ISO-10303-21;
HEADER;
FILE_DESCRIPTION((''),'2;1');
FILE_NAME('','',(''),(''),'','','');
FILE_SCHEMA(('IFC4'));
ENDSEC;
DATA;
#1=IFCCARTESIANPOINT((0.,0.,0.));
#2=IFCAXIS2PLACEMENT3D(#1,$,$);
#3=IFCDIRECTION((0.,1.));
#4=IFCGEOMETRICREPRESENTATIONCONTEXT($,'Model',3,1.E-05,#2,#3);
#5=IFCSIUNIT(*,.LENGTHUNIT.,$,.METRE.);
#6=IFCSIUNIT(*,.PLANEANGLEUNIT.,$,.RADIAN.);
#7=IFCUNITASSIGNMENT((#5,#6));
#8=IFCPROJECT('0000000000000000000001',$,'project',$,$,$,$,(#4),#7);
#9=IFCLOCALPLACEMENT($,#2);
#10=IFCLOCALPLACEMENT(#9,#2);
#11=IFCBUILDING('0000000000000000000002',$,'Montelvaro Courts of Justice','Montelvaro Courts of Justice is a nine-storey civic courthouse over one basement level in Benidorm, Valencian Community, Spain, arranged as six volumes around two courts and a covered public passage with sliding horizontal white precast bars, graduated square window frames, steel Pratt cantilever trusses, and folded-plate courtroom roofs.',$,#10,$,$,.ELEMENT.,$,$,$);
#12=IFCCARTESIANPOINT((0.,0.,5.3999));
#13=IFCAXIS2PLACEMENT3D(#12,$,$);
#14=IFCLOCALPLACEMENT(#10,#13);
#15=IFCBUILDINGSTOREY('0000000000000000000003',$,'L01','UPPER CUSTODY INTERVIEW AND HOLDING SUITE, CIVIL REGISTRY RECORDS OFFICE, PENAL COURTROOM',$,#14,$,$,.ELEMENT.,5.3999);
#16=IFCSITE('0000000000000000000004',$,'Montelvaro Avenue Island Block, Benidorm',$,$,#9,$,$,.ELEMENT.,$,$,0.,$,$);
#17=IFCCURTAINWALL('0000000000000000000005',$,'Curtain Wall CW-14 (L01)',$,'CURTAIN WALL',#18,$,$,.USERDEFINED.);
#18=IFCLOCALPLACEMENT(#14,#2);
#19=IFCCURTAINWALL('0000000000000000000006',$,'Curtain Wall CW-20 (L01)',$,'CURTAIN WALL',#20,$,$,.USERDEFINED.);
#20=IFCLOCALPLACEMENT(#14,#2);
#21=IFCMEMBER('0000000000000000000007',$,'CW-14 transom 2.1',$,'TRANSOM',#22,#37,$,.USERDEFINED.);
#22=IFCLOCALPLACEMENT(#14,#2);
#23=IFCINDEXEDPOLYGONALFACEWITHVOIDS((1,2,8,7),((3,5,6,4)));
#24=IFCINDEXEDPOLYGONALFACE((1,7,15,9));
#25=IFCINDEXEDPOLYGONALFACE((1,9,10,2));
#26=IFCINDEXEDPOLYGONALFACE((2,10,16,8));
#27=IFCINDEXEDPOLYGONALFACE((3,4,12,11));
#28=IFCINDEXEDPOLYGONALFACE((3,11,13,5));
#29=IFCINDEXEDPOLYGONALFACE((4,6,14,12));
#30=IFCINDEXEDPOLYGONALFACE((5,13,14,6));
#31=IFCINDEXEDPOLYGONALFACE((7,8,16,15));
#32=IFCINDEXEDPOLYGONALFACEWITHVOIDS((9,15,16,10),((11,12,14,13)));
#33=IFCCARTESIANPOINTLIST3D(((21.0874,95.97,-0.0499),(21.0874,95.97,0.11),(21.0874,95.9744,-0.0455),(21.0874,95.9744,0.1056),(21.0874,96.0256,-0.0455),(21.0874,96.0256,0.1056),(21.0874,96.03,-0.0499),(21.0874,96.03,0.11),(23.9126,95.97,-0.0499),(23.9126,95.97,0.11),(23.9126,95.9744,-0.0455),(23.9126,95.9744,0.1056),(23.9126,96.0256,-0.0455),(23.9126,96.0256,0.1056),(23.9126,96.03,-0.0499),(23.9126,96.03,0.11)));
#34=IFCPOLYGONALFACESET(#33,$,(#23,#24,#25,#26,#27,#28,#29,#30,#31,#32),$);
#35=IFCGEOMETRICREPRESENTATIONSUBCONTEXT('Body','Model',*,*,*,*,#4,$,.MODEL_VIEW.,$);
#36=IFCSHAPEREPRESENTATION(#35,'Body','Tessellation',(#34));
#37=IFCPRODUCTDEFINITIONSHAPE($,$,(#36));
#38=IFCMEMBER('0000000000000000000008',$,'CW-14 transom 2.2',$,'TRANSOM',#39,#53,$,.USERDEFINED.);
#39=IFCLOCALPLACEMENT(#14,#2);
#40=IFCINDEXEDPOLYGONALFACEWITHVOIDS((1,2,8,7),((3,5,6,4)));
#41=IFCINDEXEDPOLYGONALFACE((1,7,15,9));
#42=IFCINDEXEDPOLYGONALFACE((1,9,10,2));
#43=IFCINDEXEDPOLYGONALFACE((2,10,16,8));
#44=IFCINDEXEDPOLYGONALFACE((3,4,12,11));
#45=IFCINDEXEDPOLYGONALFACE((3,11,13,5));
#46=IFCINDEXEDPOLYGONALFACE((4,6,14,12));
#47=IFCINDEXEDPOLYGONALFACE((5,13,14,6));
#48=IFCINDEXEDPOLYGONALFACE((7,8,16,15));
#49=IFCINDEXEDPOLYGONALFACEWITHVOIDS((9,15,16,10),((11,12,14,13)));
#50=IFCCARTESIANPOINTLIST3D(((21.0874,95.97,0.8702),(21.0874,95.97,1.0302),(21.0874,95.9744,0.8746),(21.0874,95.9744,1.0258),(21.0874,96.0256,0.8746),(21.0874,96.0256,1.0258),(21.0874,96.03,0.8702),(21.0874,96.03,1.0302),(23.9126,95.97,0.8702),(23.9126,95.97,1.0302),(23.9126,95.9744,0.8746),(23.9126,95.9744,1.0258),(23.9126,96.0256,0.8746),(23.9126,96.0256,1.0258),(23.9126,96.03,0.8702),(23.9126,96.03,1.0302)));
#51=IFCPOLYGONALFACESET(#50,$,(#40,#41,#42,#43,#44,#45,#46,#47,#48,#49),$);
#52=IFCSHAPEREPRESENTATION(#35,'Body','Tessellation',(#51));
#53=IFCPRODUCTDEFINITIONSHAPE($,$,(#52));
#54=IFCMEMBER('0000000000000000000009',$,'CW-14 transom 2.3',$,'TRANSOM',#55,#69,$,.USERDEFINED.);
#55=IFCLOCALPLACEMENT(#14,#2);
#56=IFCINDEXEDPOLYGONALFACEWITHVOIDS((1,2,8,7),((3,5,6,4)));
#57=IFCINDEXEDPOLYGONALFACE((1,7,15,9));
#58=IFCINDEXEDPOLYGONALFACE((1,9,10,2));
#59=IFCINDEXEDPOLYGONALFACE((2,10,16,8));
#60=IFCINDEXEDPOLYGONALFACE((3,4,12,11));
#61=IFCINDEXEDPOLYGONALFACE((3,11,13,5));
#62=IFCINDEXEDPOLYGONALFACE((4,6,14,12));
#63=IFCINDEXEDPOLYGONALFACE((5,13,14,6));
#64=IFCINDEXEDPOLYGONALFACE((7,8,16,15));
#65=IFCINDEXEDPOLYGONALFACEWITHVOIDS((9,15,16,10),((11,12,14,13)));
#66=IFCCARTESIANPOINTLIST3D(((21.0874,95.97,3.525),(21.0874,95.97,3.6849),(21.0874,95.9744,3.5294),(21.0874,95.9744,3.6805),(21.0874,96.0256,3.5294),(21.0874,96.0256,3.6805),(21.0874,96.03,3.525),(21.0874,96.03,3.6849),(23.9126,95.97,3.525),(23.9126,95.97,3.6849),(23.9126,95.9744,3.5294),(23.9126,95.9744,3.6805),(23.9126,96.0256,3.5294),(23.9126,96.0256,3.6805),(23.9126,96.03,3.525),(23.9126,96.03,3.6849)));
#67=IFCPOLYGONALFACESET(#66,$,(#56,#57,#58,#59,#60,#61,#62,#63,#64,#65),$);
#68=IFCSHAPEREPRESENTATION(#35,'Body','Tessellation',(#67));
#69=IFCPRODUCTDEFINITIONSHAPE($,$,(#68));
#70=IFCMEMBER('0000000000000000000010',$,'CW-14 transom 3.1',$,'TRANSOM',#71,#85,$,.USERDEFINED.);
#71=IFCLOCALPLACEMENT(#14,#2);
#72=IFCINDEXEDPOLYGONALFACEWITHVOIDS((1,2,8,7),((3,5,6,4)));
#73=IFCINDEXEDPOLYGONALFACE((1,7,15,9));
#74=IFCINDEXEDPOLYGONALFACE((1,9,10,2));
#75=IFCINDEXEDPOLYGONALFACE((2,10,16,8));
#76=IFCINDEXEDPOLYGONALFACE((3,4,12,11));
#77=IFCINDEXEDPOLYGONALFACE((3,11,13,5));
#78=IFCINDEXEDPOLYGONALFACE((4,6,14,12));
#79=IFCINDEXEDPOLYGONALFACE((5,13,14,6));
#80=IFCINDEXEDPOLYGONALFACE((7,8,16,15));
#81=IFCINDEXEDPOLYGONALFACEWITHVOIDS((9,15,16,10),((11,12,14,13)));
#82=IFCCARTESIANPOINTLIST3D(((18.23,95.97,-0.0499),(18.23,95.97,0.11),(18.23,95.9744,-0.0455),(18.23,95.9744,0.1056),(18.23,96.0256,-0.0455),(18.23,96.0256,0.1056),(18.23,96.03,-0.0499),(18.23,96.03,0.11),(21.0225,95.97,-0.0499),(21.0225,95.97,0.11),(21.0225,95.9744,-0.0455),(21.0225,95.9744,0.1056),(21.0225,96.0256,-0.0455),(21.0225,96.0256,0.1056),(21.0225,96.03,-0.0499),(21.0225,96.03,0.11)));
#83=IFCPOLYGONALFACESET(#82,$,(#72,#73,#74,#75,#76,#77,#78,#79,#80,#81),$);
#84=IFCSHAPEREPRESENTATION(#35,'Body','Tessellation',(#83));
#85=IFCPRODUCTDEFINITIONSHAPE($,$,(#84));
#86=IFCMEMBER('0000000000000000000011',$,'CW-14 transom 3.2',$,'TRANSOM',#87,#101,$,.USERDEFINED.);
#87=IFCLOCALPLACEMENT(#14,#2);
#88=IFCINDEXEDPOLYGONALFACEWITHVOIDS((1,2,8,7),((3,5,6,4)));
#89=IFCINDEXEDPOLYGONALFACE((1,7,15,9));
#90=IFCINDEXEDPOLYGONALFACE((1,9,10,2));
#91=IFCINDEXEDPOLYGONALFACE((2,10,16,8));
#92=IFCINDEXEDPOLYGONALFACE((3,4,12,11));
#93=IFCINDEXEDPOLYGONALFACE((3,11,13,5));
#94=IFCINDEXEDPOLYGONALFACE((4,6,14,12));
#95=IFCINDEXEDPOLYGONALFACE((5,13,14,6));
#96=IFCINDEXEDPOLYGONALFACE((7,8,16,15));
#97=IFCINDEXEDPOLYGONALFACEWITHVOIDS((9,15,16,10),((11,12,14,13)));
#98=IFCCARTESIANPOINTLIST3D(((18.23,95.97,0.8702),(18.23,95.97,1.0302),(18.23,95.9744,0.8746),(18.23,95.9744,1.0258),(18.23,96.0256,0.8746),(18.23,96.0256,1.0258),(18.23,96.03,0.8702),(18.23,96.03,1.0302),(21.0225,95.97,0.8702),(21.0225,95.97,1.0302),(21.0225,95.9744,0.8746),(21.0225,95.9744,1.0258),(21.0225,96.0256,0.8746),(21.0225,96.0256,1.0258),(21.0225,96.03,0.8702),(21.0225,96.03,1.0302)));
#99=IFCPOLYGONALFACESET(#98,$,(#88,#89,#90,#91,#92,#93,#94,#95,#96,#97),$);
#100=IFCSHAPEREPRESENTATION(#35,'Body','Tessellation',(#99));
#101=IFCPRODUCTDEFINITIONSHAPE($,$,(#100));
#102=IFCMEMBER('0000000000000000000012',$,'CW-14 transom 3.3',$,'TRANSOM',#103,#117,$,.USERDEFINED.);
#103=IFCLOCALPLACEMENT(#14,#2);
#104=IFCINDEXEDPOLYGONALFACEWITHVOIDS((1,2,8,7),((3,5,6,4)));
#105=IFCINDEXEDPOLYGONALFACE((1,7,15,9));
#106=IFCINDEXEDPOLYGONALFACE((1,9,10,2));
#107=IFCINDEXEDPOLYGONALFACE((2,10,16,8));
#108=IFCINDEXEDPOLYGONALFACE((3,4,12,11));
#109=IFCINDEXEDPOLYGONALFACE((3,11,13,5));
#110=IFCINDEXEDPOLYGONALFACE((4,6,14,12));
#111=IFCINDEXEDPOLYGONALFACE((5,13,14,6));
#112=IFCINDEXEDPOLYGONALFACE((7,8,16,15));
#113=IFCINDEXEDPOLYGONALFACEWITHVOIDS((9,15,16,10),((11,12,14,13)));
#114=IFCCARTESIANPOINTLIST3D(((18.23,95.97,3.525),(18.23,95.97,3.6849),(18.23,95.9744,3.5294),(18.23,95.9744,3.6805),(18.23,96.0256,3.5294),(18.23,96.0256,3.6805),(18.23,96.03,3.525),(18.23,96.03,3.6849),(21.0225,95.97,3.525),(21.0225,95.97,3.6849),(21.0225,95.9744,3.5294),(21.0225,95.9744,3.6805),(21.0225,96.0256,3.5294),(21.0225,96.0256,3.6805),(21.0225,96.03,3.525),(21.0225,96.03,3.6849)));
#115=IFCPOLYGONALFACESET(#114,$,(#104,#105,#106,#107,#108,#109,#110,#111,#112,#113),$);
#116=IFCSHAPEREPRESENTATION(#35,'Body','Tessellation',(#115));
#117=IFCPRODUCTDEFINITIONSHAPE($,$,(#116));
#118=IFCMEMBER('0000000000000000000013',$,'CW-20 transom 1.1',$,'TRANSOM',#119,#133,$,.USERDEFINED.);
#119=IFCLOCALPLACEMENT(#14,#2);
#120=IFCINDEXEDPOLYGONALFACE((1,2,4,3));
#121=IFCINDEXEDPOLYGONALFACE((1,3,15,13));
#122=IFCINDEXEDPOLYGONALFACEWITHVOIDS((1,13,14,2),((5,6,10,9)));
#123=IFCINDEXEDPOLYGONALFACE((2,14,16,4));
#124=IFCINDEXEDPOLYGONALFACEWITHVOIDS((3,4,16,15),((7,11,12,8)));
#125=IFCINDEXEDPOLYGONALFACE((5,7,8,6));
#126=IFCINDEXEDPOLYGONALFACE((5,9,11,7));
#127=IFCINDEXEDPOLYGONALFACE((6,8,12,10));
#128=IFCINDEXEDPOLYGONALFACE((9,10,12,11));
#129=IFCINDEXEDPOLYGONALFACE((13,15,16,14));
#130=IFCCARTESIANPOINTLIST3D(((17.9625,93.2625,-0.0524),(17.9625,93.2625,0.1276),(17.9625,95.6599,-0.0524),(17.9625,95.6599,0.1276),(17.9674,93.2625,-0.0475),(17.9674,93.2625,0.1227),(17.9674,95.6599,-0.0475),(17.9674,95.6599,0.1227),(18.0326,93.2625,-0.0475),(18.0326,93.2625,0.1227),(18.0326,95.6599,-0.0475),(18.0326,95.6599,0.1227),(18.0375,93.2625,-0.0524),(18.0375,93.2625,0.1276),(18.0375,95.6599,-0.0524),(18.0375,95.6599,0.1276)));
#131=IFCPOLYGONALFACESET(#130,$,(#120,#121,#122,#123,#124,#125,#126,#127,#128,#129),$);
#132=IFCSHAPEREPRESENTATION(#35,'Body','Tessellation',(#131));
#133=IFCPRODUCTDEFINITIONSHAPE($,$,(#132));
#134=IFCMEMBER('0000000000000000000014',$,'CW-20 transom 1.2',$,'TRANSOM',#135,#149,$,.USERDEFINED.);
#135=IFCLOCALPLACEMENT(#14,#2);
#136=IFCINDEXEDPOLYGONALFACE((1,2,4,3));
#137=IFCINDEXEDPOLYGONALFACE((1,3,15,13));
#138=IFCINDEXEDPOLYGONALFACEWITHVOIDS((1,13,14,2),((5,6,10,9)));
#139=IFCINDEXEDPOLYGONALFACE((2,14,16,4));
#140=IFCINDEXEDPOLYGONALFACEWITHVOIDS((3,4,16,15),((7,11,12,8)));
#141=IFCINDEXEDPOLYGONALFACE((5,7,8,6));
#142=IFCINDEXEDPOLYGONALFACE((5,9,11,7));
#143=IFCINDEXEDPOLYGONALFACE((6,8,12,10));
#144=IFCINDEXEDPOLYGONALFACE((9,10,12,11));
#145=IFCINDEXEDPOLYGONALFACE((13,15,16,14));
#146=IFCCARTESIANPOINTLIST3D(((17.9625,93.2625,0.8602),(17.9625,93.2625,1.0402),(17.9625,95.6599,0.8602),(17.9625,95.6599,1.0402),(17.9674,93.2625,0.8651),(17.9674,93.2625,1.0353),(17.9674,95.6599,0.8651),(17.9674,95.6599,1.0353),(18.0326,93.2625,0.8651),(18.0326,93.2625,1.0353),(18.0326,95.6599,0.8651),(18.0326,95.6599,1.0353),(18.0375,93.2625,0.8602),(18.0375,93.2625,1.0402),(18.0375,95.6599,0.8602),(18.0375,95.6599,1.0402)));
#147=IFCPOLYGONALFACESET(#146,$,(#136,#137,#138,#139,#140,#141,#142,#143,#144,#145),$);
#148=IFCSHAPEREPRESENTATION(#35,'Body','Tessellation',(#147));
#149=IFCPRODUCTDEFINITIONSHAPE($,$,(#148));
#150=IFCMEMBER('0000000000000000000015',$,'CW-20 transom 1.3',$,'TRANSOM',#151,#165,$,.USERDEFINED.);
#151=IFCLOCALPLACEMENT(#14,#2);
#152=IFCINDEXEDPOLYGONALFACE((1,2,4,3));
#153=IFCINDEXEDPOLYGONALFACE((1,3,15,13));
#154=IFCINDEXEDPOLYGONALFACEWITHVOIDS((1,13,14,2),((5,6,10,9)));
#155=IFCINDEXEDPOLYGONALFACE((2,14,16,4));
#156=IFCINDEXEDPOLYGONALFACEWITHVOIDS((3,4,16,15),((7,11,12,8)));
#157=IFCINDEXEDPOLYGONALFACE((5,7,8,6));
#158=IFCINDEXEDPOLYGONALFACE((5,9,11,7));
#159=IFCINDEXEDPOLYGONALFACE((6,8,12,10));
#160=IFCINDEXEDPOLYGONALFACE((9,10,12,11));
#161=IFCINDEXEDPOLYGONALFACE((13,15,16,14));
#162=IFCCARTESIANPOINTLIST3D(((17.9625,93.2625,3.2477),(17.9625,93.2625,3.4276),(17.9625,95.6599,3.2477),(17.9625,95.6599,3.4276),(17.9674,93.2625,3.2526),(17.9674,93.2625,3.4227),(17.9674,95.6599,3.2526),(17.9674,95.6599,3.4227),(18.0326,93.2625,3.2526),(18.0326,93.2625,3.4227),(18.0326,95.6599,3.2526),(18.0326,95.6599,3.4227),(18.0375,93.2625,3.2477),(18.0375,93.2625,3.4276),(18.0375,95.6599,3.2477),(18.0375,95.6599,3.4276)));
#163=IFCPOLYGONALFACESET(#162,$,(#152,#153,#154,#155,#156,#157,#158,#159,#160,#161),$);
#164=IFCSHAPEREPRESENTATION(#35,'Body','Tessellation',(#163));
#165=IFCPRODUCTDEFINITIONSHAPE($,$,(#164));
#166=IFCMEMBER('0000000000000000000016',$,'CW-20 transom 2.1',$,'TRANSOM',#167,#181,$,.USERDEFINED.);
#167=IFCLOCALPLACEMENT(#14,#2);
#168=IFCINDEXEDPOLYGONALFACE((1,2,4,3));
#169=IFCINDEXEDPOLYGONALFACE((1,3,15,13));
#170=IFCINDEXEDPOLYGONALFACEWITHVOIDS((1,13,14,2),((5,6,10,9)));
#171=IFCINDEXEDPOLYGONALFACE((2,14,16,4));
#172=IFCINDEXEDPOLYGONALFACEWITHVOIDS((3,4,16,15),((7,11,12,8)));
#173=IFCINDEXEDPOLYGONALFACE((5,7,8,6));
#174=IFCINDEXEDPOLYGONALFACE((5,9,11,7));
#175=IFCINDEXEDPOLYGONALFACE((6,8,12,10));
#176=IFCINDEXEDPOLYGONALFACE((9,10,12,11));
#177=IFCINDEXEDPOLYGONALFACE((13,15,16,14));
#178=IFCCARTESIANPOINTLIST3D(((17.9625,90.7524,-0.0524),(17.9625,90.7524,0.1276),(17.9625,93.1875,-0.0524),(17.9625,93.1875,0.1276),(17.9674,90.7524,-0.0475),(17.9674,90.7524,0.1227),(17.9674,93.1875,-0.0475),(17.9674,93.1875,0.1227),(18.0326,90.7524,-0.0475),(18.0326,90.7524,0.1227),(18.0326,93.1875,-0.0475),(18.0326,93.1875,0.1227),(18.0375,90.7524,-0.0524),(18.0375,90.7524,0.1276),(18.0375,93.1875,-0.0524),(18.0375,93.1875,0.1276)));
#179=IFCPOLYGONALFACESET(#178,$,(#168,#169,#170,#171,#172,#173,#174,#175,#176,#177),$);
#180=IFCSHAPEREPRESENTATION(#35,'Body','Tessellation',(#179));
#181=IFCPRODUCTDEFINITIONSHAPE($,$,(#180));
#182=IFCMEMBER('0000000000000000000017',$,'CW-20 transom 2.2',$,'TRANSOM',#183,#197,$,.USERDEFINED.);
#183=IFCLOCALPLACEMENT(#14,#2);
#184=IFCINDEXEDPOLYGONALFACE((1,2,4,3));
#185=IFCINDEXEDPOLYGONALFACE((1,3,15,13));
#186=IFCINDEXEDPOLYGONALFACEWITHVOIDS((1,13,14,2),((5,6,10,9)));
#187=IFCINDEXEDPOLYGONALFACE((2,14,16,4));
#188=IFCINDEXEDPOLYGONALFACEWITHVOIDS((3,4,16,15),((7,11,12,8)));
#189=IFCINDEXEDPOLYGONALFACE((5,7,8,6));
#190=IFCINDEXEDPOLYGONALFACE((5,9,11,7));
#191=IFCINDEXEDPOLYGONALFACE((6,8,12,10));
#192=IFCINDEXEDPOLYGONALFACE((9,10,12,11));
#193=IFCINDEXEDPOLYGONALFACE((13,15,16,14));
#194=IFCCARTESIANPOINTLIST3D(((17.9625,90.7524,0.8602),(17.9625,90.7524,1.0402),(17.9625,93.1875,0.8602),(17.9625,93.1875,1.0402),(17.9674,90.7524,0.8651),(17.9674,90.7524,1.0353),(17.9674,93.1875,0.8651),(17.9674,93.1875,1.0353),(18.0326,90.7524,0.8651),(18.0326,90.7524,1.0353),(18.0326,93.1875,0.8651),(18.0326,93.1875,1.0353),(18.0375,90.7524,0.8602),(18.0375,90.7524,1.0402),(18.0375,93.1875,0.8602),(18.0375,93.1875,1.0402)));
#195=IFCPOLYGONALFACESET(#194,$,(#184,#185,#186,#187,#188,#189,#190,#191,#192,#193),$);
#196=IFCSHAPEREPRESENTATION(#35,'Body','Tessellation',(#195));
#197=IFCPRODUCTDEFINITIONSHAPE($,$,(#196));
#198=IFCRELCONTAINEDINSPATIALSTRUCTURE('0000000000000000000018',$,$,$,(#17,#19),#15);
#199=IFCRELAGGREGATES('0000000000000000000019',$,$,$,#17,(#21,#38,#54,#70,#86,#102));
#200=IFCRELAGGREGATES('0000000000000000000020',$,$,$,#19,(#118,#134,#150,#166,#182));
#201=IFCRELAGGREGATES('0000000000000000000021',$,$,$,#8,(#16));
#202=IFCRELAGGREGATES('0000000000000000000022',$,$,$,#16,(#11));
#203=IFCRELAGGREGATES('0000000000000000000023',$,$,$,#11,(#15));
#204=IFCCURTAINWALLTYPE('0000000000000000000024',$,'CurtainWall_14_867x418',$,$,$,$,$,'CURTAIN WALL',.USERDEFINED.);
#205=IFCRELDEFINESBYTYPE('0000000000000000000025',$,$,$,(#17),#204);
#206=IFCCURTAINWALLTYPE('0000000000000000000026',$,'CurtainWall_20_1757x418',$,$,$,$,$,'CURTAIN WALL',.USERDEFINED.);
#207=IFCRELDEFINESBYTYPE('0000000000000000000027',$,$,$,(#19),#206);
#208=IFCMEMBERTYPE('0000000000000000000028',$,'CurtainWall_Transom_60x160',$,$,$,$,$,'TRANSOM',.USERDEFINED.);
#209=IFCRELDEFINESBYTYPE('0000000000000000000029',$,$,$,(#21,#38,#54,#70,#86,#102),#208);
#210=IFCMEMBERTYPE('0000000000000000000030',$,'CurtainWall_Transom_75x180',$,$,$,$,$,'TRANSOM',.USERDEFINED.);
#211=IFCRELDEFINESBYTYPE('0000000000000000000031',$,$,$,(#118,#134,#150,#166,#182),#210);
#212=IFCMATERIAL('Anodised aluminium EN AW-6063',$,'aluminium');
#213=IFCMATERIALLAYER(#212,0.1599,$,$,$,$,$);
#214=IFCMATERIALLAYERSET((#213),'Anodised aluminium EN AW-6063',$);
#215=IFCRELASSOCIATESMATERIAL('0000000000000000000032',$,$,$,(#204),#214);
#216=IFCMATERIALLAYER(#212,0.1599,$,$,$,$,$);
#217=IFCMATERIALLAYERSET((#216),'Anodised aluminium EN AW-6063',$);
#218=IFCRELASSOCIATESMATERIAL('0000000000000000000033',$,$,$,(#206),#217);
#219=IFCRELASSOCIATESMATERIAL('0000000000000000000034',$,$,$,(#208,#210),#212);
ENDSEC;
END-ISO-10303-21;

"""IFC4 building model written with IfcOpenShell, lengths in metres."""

from ifc_helpers import new_model, si_unit, direction, frame, origin, origin_2d, place, context, subcontext, project, spatial, hollow_rectangle, extrude, material, layer, layer_set, material_profile, profile_set, type_object, element, aggregate, save


model = new_model("IFC4")

# Units and contexts
model_context = context("Model", 3, precision=1e-05, world=origin(), true_north=direction((0.0, 1.0)))
body_context = subcontext(model_context, "Body", "Model", "MODEL_VIEW")
ifc_project = project(units=[si_unit("LENGTHUNIT", "METRE"), si_unit("PLANEANGLEUNIT", "RADIAN")], contexts=[model_context])

# Site, building, storey
site_placement = place(None, origin())
site = spatial("IfcSite", under=ifc_project, at=site_placement, Name="Montelvaro Avenue Island Block, Benidorm", CompositionType="ELEMENT", RefElevation=0.0)
building_placement = place(site_placement, origin())
building = spatial("IfcBuilding", under=site, at=building_placement, Name="Montelvaro Courts of Justice", Description="Montelvaro Courts of Justice is a nine-storey civic courthouse over one basement level in Benidorm, Valencian Community, Spain, arranged as six volumes around two courts and a covered public passage with sliding horizontal white precast bars, graduated square window frames, steel Pratt cantilever trusses, and folded-plate courtroom roofs.", CompositionType="ELEMENT")
storey_placement = place(building_placement, frame((0.0, 0.0, 5.3999)))
storey = spatial("IfcBuildingStorey", under=building, at=storey_placement, Name="L01", Description="UPPER CUSTODY INTERVIEW AND HOLDING SUITE, CIVIL REGISTRY RECORDS OFFICE, PENAL COURTROOM", CompositionType="ELEMENT", Elevation=5.3999)

# Curtain walls
ifc_material_1 = material(Name="Anodised aluminium EN AW-6063", Category="aluminium")
ifc_layer_1 = layer(ifc_material_1, 0.1599)
ifc_layer_set_1 = layer_set([ifc_layer_1], Name="Anodised aluminium EN AW-6063")
curtain_wall_type_1 = type_object("IfcCurtainWallType", Name="CurtainWall_14_867x418", ElementType="CURTAIN WALL", PredefinedType="USERDEFINED", material=ifc_layer_set_1)
curtain_wall_1_placement = place(storey_placement, origin())
curtain_wall_1 = element("IfcCurtainWall", 1, at=curtain_wall_1_placement, inside=storey, type_object=curtain_wall_type_1, Name="Curtain Wall CW-14 (L01)", ObjectType="CURTAIN WALL", PredefinedType="USERDEFINED")
ifc_layer_2 = layer(ifc_material_1, 0.1599)
ifc_layer_set_2 = layer_set([ifc_layer_2], Name="Anodised aluminium EN AW-6063")
curtain_wall_type_2 = type_object("IfcCurtainWallType", Name="CurtainWall_20_1757x418", ElementType="CURTAIN WALL", PredefinedType="USERDEFINED", material=ifc_layer_set_2)
curtain_wall_2_placement = place(storey_placement, origin())
curtain_wall_2 = element("IfcCurtainWall", 2, at=curtain_wall_2_placement, inside=storey, type_object=curtain_wall_type_2, Name="Curtain Wall CW-20 (L01)", ObjectType="CURTAIN WALL", PredefinedType="USERDEFINED")

# Members
ifc_material_profile_1 = material_profile(ifc_material_1, hollow_rectangle(XDim=0.0601, YDim=0.1599, WallThickness=0.0044, at=origin_2d()), Name="ALU-T 60x160")
ifc_profile_set_1 = profile_set([ifc_material_profile_1], Name="Anodised aluminium EN AW-6063")
member_type_1 = type_object("IfcMemberType", Name="CurtainWall_Transom_60x160", ElementType="TRANSOM", PredefinedType="USERDEFINED", material=ifc_profile_set_1)
member_1_placement = place(storey_placement, frame((23.9126, 96.0, 0.03), z_axis=(-1.0, 0.0, 0.0), x_axis=(0.0, -1.0, 0.0)))
member_1 = element("IfcMember", 3, at=member_1_placement, type_object=member_type_1, Name="CW-14 transom 2.1", ObjectType="TRANSOM", PredefinedType="USERDEFINED", context=body_context, shape_type="SweptSolid", body=[
    extrude(hollow_rectangle(XDim=0.0601, YDim=0.1599, WallThickness=0.0044, at=origin_2d()), origin(), (0.0, 0.0, 1.0), 2.8252),
])
member_2_placement = place(storey_placement, frame((23.9126, 96.0, 0.9502), z_axis=(-1.0, 0.0, 0.0), x_axis=(0.0, -1.0, 0.0)))
member_2 = element("IfcMember", 4, at=member_2_placement, type_object=member_type_1, Name="CW-14 transom 2.2", ObjectType="TRANSOM", PredefinedType="USERDEFINED", context=body_context, shape_type="SweptSolid", body=[
    extrude(hollow_rectangle(XDim=0.0601, YDim=0.1599, WallThickness=0.0044, at=origin_2d()), origin(), (0.0, 0.0, 1.0), 2.8252),
])
member_3_placement = place(storey_placement, frame((23.9126, 96.0, 3.605), z_axis=(-1.0, 0.0, 0.0), x_axis=(0.0, -1.0, 0.0)))
member_3 = element("IfcMember", 5, at=member_3_placement, type_object=member_type_1, Name="CW-14 transom 2.3", ObjectType="TRANSOM", PredefinedType="USERDEFINED", context=body_context, shape_type="SweptSolid", body=[
    extrude(hollow_rectangle(XDim=0.0601, YDim=0.1599, WallThickness=0.0044, at=origin_2d()), origin(), (0.0, 0.0, 1.0), 2.8252),
])
member_4_placement = place(storey_placement, frame((21.0225, 96.0, 0.03), z_axis=(-1.0, 0.0, 0.0), x_axis=(0.0, -1.0, 0.0)))
member_4 = element("IfcMember", 6, at=member_4_placement, type_object=member_type_1, Name="CW-14 transom 3.1", ObjectType="TRANSOM", PredefinedType="USERDEFINED", context=body_context, shape_type="SweptSolid", body=[
    extrude(hollow_rectangle(XDim=0.0601, YDim=0.1599, WallThickness=0.0044, at=origin_2d()), origin(), (0.0, 0.0, 1.0), 2.7925),
])
member_5_placement = place(storey_placement, frame((21.0225, 96.0, 0.9502), z_axis=(-1.0, 0.0, 0.0), x_axis=(0.0, -1.0, 0.0)))
member_5 = element("IfcMember", 7, at=member_5_placement, type_object=member_type_1, Name="CW-14 transom 3.2", ObjectType="TRANSOM", PredefinedType="USERDEFINED", context=body_context, shape_type="SweptSolid", body=[
    extrude(hollow_rectangle(XDim=0.0601, YDim=0.1599, WallThickness=0.0044, at=origin_2d()), origin(), (0.0, 0.0, 1.0), 2.7925),
])
member_6_placement = place(storey_placement, frame((21.0225, 96.0, 3.605), z_axis=(-1.0, 0.0, 0.0), x_axis=(0.0, -1.0, 0.0)))
member_6 = element("IfcMember", 8, at=member_6_placement, type_object=member_type_1, Name="CW-14 transom 3.3", ObjectType="TRANSOM", PredefinedType="USERDEFINED", context=body_context, shape_type="SweptSolid", body=[
    extrude(hollow_rectangle(XDim=0.0601, YDim=0.1599, WallThickness=0.0044, at=origin_2d()), origin(), (0.0, 0.0, 1.0), 2.7925),
])
ifc_material_profile_2 = material_profile(ifc_material_1, hollow_rectangle(XDim=0.075, YDim=0.1799, WallThickness=0.0049, at=origin_2d()), Name="ALU-T 75x180")
ifc_profile_set_2 = profile_set([ifc_material_profile_2], Name="Anodised aluminium EN AW-6063")
member_type_2 = type_object("IfcMemberType", Name="CurtainWall_Transom_75x180", ElementType="TRANSOM", PredefinedType="USERDEFINED", material=ifc_profile_set_2)
member_7_placement = place(storey_placement, frame((18.0, 95.6599, 0.0376), z_axis=(0.0, -1.0, 0.0), x_axis=(1.0, 0.0, 0.0)))
member_7 = element("IfcMember", 9, at=member_7_placement, type_object=member_type_2, Name="CW-20 transom 1.1", ObjectType="TRANSOM", PredefinedType="USERDEFINED", context=body_context, shape_type="SweptSolid", body=[
    extrude(hollow_rectangle(XDim=0.075, YDim=0.1799, WallThickness=0.0049, at=origin_2d()), origin(), (0.0, 0.0, 1.0), 2.3975),
])
member_8_placement = place(storey_placement, frame((18.0, 95.6599, 0.9502), z_axis=(0.0, -1.0, 0.0), x_axis=(1.0, 0.0, 0.0)))
member_8 = element("IfcMember", 10, at=member_8_placement, type_object=member_type_2, Name="CW-20 transom 1.2", ObjectType="TRANSOM", PredefinedType="USERDEFINED", context=body_context, shape_type="SweptSolid", body=[
    extrude(hollow_rectangle(XDim=0.075, YDim=0.1799, WallThickness=0.0049, at=origin_2d()), origin(), (0.0, 0.0, 1.0), 2.3975),
])
member_9_placement = place(storey_placement, frame((18.0, 95.6599, 3.3376), z_axis=(0.0, -1.0, 0.0), x_axis=(1.0, 0.0, 0.0)))
member_9 = element("IfcMember", 11, at=member_9_placement, type_object=member_type_2, Name="CW-20 transom 1.3", ObjectType="TRANSOM", PredefinedType="USERDEFINED", context=body_context, shape_type="SweptSolid", body=[
    extrude(hollow_rectangle(XDim=0.075, YDim=0.1799, WallThickness=0.0049, at=origin_2d()), origin(), (0.0, 0.0, 1.0), 2.3975),
])
member_10_placement = place(storey_placement, frame((18.0, 93.1875, 0.0376), z_axis=(0.0, -1.0, 0.0), x_axis=(1.0, 0.0, 0.0)))
member_10 = element("IfcMember", 12, at=member_10_placement, type_object=member_type_2, Name="CW-20 transom 2.1", ObjectType="TRANSOM", PredefinedType="USERDEFINED", context=body_context, shape_type="SweptSolid", body=[
    extrude(hollow_rectangle(XDim=0.075, YDim=0.1799, WallThickness=0.0049, at=origin_2d()), origin(), (0.0, 0.0, 1.0), 2.4351),
])
member_11_placement = place(storey_placement, frame((18.0, 93.1875, 0.9502), z_axis=(0.0, -1.0, 0.0), x_axis=(1.0, 0.0, 0.0)))
member_11 = element("IfcMember", 13, at=member_11_placement, type_object=member_type_2, Name="CW-20 transom 2.2", ObjectType="TRANSOM", PredefinedType="USERDEFINED", context=body_context, shape_type="SweptSolid", body=[
    extrude(hollow_rectangle(XDim=0.075, YDim=0.1799, WallThickness=0.0049, at=origin_2d()), origin(), (0.0, 0.0, 1.0), 2.4351),
])

aggregate(curtain_wall_1, [member_1, member_2, member_3, member_4, member_5, member_6])
aggregate(curtain_wall_2, [member_7, member_8, member_9, member_10, member_11])

save(model, "model.ifc")
